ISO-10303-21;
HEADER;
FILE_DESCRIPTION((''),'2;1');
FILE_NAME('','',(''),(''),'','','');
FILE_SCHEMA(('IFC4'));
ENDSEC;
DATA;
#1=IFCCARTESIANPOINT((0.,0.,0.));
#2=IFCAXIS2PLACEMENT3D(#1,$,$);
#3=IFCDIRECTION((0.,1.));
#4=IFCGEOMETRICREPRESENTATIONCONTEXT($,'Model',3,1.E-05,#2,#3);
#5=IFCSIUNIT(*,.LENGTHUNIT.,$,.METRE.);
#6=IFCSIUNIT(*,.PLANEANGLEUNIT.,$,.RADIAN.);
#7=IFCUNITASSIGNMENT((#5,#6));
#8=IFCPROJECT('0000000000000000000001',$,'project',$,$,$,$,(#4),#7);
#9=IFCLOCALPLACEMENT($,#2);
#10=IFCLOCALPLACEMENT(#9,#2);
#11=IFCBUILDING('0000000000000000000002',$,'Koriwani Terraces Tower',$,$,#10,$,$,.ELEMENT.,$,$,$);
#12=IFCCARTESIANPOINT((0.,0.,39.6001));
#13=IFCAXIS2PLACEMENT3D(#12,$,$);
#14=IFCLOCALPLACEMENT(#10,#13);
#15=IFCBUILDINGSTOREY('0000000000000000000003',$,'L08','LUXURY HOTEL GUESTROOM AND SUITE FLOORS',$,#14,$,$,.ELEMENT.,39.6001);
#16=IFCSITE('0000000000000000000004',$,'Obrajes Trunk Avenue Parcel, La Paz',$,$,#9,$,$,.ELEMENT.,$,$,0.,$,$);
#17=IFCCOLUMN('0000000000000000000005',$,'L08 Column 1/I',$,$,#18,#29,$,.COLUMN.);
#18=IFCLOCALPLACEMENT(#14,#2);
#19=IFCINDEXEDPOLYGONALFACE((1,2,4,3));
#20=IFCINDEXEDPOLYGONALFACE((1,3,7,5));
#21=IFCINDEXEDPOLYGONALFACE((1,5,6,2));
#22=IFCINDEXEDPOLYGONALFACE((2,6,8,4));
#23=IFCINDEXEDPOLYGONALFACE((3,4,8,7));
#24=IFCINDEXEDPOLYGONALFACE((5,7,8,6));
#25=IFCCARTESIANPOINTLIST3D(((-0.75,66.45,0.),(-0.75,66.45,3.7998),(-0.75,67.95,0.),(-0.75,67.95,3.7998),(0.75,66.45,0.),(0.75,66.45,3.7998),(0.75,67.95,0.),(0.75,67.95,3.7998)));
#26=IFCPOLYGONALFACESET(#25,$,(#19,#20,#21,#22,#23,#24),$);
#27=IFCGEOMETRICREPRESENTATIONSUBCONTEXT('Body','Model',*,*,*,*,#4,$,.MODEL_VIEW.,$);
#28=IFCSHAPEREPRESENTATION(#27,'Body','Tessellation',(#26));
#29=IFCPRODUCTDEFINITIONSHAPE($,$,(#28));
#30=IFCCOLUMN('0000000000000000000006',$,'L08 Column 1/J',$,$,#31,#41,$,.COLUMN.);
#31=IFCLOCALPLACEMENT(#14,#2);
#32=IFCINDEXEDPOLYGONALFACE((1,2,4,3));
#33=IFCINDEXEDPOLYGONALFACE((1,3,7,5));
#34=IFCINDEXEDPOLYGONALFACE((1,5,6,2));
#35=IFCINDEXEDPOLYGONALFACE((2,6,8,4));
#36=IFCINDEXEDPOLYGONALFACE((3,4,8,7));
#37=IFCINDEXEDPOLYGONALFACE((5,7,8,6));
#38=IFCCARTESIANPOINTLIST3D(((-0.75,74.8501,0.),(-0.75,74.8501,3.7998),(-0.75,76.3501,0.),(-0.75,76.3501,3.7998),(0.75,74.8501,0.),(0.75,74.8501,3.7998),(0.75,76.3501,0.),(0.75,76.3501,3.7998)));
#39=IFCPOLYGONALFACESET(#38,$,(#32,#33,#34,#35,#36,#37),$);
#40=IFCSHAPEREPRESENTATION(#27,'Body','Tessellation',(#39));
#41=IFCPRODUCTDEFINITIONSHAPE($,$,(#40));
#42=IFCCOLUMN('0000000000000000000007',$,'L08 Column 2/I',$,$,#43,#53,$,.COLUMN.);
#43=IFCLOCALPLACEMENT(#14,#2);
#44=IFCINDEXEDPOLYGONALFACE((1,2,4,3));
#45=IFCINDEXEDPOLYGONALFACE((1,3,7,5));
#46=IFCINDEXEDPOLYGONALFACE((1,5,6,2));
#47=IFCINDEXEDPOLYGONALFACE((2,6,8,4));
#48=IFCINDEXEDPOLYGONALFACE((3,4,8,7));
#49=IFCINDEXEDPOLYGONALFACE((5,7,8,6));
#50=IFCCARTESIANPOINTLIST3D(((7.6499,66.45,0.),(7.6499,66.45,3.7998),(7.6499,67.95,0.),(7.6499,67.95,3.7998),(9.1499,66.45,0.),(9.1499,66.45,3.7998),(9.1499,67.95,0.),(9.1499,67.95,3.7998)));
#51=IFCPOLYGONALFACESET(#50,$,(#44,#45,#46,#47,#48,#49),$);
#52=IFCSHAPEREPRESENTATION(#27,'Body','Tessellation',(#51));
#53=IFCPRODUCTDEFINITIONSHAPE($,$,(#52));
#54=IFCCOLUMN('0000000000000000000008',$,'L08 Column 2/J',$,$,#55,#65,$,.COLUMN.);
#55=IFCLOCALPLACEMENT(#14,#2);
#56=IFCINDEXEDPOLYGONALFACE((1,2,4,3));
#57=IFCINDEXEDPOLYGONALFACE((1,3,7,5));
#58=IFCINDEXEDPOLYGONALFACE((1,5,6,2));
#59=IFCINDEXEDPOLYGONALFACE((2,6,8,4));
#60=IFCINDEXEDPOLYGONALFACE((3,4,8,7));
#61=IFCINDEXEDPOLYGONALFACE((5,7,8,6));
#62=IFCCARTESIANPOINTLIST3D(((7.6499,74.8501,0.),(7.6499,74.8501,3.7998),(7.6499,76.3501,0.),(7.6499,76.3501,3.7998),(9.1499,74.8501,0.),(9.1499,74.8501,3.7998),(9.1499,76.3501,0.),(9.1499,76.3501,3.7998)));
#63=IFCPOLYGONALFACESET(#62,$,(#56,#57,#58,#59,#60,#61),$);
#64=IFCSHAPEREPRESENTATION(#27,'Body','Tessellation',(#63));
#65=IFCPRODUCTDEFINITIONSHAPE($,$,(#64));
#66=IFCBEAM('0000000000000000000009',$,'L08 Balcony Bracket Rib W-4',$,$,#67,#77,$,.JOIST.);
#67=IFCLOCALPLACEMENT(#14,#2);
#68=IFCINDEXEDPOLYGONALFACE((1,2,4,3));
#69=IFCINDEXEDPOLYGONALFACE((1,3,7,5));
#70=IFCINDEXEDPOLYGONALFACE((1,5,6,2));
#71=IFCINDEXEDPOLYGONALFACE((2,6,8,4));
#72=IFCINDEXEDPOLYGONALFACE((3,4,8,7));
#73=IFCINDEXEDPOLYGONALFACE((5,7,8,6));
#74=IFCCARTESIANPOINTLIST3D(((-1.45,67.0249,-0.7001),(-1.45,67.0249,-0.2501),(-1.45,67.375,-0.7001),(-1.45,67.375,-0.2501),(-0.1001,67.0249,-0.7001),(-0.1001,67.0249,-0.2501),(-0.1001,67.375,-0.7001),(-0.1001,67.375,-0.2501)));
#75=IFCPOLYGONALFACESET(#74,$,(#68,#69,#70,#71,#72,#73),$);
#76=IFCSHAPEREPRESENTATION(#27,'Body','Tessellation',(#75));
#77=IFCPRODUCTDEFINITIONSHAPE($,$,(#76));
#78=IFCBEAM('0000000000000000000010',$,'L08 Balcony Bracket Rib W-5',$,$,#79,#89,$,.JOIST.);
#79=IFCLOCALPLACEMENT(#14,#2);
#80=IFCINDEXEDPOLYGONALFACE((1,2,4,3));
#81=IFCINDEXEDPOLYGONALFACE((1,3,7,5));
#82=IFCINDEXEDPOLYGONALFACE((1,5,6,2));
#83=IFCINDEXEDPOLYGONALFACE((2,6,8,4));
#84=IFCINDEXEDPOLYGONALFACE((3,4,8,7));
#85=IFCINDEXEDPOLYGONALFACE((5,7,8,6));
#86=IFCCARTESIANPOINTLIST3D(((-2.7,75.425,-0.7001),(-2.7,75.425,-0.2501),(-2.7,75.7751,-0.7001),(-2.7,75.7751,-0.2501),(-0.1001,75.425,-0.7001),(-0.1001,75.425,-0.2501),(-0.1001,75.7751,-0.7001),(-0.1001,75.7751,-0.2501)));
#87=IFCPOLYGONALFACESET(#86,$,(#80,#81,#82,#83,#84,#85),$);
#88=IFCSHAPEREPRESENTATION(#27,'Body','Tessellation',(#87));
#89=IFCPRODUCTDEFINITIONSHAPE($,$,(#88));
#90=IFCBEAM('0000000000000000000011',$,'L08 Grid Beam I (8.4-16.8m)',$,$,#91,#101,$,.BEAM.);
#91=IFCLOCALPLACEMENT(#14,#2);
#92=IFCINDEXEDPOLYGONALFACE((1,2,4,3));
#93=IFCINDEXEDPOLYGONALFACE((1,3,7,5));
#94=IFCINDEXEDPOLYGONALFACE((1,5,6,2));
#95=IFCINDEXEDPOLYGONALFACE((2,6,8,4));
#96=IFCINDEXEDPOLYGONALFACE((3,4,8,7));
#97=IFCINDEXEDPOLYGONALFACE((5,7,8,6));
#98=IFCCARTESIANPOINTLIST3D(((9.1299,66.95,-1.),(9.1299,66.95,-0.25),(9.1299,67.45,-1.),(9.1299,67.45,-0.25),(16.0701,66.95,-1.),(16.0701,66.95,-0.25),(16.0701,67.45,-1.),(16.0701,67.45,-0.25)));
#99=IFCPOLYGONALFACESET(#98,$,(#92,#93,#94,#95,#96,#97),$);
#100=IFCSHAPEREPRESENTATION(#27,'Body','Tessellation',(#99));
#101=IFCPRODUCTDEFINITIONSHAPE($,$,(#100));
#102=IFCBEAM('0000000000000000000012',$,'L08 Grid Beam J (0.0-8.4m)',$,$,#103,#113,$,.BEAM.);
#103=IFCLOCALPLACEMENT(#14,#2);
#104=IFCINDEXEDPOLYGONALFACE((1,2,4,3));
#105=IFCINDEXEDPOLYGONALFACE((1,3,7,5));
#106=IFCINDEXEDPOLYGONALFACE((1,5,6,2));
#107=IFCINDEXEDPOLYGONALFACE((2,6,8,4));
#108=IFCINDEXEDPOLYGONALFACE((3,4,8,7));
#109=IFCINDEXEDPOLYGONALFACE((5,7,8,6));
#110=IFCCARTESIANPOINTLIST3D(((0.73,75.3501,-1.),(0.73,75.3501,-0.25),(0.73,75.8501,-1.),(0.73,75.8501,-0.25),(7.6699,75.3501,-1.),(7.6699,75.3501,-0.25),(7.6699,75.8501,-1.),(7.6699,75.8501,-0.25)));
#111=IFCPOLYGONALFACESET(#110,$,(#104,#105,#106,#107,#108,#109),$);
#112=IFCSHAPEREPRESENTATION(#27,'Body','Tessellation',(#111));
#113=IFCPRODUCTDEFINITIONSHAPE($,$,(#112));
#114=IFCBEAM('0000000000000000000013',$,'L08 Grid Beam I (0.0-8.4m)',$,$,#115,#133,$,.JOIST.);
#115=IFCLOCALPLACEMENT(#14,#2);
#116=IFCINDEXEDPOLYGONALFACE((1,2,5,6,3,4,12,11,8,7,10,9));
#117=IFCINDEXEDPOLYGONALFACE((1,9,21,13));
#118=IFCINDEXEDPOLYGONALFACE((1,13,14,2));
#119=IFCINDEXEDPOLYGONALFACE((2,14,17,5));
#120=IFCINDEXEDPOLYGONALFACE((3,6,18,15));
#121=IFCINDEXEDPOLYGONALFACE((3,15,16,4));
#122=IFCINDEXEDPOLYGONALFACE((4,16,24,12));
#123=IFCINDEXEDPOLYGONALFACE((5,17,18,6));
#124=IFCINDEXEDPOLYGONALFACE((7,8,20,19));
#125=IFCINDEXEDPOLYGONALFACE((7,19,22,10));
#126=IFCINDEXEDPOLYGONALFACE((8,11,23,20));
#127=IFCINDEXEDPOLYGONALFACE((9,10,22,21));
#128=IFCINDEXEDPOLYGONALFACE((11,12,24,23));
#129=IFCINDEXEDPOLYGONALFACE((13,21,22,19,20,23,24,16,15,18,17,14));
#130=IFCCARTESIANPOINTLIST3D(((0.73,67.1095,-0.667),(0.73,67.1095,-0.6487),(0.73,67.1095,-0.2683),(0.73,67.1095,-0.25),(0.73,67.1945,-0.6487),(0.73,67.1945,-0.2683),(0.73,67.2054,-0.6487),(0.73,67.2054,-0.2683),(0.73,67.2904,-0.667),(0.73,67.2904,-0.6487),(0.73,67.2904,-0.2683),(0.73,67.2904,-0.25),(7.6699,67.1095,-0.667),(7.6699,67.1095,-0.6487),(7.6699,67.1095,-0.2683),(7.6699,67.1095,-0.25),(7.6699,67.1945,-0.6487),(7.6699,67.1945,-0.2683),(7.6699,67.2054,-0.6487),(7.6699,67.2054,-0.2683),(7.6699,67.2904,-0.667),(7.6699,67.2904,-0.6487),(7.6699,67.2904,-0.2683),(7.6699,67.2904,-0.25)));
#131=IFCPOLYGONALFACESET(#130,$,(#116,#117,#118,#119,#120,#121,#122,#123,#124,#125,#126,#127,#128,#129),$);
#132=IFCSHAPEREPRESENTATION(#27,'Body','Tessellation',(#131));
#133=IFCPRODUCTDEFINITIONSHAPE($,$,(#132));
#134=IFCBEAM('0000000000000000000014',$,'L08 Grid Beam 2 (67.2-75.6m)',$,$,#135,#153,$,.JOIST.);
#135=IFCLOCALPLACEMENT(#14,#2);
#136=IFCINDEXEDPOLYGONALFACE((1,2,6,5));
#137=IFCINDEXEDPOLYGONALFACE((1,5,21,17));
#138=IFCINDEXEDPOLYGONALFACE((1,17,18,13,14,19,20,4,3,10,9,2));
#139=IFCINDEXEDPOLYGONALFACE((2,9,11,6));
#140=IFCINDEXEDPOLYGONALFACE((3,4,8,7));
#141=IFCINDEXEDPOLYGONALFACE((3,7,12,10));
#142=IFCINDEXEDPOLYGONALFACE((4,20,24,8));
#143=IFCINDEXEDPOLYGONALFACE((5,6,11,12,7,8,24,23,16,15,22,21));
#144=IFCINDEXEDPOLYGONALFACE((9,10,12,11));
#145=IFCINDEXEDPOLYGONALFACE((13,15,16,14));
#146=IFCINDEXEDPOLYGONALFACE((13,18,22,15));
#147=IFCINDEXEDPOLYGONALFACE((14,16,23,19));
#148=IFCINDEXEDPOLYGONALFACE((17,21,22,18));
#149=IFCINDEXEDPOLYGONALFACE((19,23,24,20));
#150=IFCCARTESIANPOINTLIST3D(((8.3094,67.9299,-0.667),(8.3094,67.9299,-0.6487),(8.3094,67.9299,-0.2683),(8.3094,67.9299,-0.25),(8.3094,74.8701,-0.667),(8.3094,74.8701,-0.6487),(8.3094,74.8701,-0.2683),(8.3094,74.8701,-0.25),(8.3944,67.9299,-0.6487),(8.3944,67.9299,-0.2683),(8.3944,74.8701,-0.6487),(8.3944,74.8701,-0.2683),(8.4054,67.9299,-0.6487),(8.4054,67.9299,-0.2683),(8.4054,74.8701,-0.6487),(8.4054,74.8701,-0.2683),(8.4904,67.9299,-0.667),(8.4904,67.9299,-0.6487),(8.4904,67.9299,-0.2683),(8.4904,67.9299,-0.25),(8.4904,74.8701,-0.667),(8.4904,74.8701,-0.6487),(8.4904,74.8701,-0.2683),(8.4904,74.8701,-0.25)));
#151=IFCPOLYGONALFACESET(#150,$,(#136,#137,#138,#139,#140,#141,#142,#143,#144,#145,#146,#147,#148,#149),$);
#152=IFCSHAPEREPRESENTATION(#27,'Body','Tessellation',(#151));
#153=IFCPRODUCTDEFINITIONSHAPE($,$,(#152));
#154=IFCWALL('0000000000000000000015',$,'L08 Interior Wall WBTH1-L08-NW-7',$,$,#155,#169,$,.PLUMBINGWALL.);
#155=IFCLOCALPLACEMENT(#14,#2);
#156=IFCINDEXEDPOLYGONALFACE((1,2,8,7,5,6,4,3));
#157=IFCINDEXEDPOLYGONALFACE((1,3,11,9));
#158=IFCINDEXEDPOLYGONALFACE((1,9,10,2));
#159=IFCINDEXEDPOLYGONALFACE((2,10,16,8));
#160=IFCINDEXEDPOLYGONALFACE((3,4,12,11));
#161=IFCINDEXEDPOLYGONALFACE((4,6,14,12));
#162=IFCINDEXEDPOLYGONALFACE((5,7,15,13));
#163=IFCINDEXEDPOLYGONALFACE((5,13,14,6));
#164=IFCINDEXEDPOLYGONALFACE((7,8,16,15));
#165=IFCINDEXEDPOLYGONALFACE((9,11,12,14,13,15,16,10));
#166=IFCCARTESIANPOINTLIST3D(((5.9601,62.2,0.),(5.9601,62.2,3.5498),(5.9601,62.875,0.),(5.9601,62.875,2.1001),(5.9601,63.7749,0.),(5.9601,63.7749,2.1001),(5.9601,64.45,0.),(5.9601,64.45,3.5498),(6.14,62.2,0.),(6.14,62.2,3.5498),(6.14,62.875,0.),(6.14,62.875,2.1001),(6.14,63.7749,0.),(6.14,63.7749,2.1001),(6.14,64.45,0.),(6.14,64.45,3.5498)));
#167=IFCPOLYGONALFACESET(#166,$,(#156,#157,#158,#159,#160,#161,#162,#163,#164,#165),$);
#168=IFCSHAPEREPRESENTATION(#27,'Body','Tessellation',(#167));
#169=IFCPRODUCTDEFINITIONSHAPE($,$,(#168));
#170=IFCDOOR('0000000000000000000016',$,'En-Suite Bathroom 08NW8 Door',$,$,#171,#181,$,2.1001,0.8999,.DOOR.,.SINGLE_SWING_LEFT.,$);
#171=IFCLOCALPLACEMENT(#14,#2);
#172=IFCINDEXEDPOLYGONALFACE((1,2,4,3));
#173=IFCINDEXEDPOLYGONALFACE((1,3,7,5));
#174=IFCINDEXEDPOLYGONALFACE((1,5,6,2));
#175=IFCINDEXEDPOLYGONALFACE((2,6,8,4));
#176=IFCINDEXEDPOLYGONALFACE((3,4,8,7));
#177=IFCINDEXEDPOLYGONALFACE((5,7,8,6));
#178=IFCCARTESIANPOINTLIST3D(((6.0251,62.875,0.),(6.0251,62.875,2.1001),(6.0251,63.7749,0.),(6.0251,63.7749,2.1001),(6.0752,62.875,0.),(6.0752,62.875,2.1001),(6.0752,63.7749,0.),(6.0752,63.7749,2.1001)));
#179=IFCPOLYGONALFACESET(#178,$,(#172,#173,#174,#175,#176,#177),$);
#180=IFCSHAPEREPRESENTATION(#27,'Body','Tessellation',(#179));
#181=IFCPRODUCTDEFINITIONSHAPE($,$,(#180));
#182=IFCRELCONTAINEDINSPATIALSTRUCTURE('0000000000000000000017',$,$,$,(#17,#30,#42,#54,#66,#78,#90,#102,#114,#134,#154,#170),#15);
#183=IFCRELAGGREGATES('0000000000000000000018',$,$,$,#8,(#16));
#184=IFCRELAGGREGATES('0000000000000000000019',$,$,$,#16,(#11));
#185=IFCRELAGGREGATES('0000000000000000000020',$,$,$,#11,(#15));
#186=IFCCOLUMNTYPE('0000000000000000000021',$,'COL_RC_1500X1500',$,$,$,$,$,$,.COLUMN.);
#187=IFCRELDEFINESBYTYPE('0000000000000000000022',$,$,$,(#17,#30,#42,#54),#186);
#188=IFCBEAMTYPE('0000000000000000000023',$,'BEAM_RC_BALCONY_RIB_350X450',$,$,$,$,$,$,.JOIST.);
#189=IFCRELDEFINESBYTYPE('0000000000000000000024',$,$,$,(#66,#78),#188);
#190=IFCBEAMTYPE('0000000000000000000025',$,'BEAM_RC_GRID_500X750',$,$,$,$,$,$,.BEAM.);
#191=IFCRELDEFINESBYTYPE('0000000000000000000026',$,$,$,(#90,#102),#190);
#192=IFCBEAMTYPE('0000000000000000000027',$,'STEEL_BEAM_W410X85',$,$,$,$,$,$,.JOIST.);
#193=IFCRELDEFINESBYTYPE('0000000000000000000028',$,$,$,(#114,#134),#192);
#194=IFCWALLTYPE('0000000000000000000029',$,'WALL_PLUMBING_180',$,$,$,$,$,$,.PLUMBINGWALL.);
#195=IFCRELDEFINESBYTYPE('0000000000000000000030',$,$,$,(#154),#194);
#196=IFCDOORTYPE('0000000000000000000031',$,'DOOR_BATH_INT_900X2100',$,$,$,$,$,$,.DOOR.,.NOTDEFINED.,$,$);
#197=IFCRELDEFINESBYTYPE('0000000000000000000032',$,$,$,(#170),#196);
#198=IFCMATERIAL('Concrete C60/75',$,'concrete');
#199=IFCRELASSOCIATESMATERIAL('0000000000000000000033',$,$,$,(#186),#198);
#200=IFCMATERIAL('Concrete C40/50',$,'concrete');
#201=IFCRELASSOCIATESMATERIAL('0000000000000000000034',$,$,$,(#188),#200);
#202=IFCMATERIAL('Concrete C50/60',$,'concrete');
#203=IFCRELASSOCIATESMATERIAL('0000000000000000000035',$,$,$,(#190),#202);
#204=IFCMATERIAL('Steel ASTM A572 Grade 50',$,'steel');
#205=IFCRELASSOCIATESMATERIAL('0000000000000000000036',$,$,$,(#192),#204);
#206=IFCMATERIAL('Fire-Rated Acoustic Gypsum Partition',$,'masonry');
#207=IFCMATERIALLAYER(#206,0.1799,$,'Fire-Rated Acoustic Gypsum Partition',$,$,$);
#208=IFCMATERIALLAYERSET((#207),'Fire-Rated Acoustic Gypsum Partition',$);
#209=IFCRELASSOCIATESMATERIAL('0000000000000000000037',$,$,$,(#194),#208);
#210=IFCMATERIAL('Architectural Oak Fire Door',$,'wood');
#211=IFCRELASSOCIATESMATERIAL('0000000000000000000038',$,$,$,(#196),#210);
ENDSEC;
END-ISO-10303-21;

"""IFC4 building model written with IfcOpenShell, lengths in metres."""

from ifc_helpers import new_model, si_unit, direction, frame, frame_2d, origin, origin_2d, place, context, subcontext, project, spatial, rectangle, i_section, extrude, material, layer, layer_set, material_profile, profile_set, type_object, element, fill, save


model = new_model("IFC4")

# Units and contexts
model_context = context("Model", 3, precision=1e-05, world=origin(), true_north=direction((0.0, 1.0)))
body_context = subcontext(model_context, "Body", "Model", "MODEL_VIEW")
ifc_project = project(units=[si_unit("LENGTHUNIT", "METRE"), si_unit("PLANEANGLEUNIT", "RADIAN")], contexts=[model_context])

# Site, building, storey
site_placement = place(None, origin())
site = spatial("IfcSite", under=ifc_project, at=site_placement, Name="Obrajes Trunk Avenue Parcel, La Paz", CompositionType="ELEMENT", RefElevation=0.0)
building_placement = place(site_placement, origin())
building = spatial("IfcBuilding", under=site, at=building_placement, Name="Koriwani Terraces Tower", CompositionType="ELEMENT")
storey_placement = place(building_placement, frame((0.0, 0.0, 39.6001)))
storey = spatial("IfcBuildingStorey", under=building, at=storey_placement, Name="L08", Description="LUXURY HOTEL GUESTROOM AND SUITE FLOORS", CompositionType="ELEMENT", Elevation=39.6001)

# Columns
ifc_material_1 = material(Name="Concrete C60/75", Category="concrete")
ifc_material_profile_1 = material_profile(ifc_material_1, rectangle(XDim=1.5, YDim=1.5, at=origin_2d()), Name="Concrete C60/75", Category="LoadBearing")
ifc_profile_set_1 = profile_set([ifc_material_profile_1], Name="Concrete C60/75")
column_type = type_object("IfcColumnType", Name="COL_RC_1500X1500", PredefinedType="COLUMN", material=ifc_profile_set_1)
for number, where, z_axis, x_axis, name in (
    (1, (0.0, 67.2, 0.0), (0.0, 0.0, 1.0), (1.0, 0.0, 0.0), "L08 Column 1/I"),
    (2, (0.0, 75.6001, 0.0), (0.0, 0.0, 1.0), (1.0, 0.0, 0.0), "L08 Column 1/J"),
    (3, (8.3999, 67.2, 0.0), (0.0, 0.0, 1.0), (1.0, 0.0, 0.0), "L08 Column 2/I"),
    (4, (8.3999, 75.6001, 0.0), (0.0, 0.0, 1.0), (1.0, 0.0, 0.0), "L08 Column 2/J"),
):
    element("IfcColumn", number, at=place(storey_placement, frame(where, z_axis=z_axis, x_axis=x_axis)), inside=storey, type_object=column_type, Name=name, PredefinedType="COLUMN", context=body_context, shape_type="SweptSolid", body=[
        extrude(rectangle(XDim=1.5, YDim=1.5, at=origin_2d()), origin(), (0.0, 0.0, 1.0), 3.7998),
    ])

# Beams
ifc_material_2 = material(Name="Concrete C40/50", Category="concrete")
ifc_material_profile_2 = material_profile(ifc_material_2, rectangle(XDim=0.3501, YDim=0.45, at=origin_2d()), Name="Concrete C40/50", Category="LoadBearing")
ifc_profile_set_2 = profile_set([ifc_material_profile_2], Name="Concrete C40/50")
beam_type_1 = type_object("IfcBeamType", Name="BEAM_RC_BALCONY_RIB_350X450", PredefinedType="JOIST", material=ifc_profile_set_2)
beam_1_placement = place(storey_placement, frame((-1.45, 67.2, -0.4751), z_axis=(1.0, 0.0, 0.0), x_axis=(0.0, 1.0, 0.0)))
element("IfcBeam", 5, at=beam_1_placement, inside=storey, type_object=beam_type_1, Name="L08 Balcony Bracket Rib W-4", PredefinedType="JOIST", context=body_context, shape_type="SweptSolid", body=[
    extrude(rectangle(XDim=0.3501, YDim=0.45, at=origin_2d()), origin(), (0.0, 0.0, 1.0), 1.3499),
])
beam_2_placement = place(storey_placement, frame((-2.7, 75.6001, -0.4751), z_axis=(1.0, 0.0, 0.0), x_axis=(0.0, 1.0, 0.0)))
element("IfcBeam", 6, at=beam_2_placement, inside=storey, type_object=beam_type_1, Name="L08 Balcony Bracket Rib W-5", PredefinedType="JOIST", context=body_context, shape_type="SweptSolid", body=[
    extrude(rectangle(XDim=0.3501, YDim=0.45, at=origin_2d()), origin(), (0.0, 0.0, 1.0), 2.5999),
])
ifc_material_3 = material(Name="Concrete C50/60", Category="concrete")
ifc_material_profile_3 = material_profile(ifc_material_3, rectangle(XDim=0.5, YDim=0.75, at=origin_2d()), Name="Concrete C50/60", Category="LoadBearing")
ifc_profile_set_3 = profile_set([ifc_material_profile_3], Name="Concrete C50/60")
beam_type_2 = type_object("IfcBeamType", Name="BEAM_RC_GRID_500X750", PredefinedType="BEAM", material=ifc_profile_set_3)
beam_3_placement = place(storey_placement, frame((9.1299, 67.2, -0.625), z_axis=(1.0, 0.0, 0.0), x_axis=(0.0, 1.0, 0.0)))
element("IfcBeam", 7, at=beam_3_placement, inside=storey, type_object=beam_type_2, Name="L08 Grid Beam I (8.4-16.8m)", PredefinedType="BEAM", context=body_context, shape_type="SweptSolid", body=[
    extrude(rectangle(XDim=0.5, YDim=0.75, at=origin_2d()), origin(), (0.0, 0.0, 1.0), 6.9402),
])
beam_4_placement = place(storey_placement, frame((0.73, 75.6001, -0.625), z_axis=(1.0, 0.0, 0.0), x_axis=(0.0, 1.0, 0.0)))
element("IfcBeam", 8, at=beam_4_placement, inside=storey, type_object=beam_type_2, Name="L08 Grid Beam J (0.0-8.4m)", PredefinedType="BEAM", context=body_context, shape_type="SweptSolid", body=[
    extrude(rectangle(XDim=0.5, YDim=0.75, at=origin_2d()), origin(), (0.0, 0.0, 1.0), 6.9399),
])
ifc_material_4 = material(Name="Steel ASTM A572 Grade 50", Category="steel")
ifc_material_profile_4 = material_profile(ifc_material_4, i_section(OverallWidth=0.1809, OverallDepth=0.417, WebThickness=0.011, FlangeThickness=0.0183, at=origin_2d()), Name="Steel ASTM A572 Grade 50", Category="LoadBearing")
ifc_profile_set_4 = profile_set([ifc_material_profile_4], Name="Steel ASTM A572 Grade 50")
beam_type_3 = type_object("IfcBeamType", Name="STEEL_BEAM_W410X85", PredefinedType="JOIST", material=ifc_profile_set_4)
beam_5_placement = place(storey_placement, frame((0.73, 67.2, -0.4585), z_axis=(1.0, 0.0, 0.0), x_axis=(0.0, 1.0, 0.0)))
element("IfcBeam", 9, at=beam_5_placement, inside=storey, type_object=beam_type_3, Name="L08 Grid Beam I (0.0-8.4m)", PredefinedType="JOIST", context=body_context, shape_type="SweptSolid", body=[
    extrude(i_section(OverallWidth=0.1809, OverallDepth=0.417, WebThickness=0.011, FlangeThickness=0.0183, at=origin_2d()), origin(), (0.0, 0.0, 1.0), 6.9399),
])
beam_6_placement = place(storey_placement, frame((8.3999, 67.9299, -0.4585), z_axis=(0.0, 1.0, 0.0), x_axis=(-1.0, 0.0, 0.0)))
element("IfcBeam", 10, at=beam_6_placement, inside=storey, type_object=beam_type_3, Name="L08 Grid Beam 2 (67.2-75.6m)", PredefinedType="JOIST", context=body_context, shape_type="SweptSolid", body=[
    extrude(i_section(OverallWidth=0.1809, OverallDepth=0.417, WebThickness=0.011, FlangeThickness=0.0183, at=origin_2d()), origin(), (0.0, 0.0, 1.0), 6.9402),
])

# Wall, opening, door
ifc_material_5 = material(Name="Fire-Rated Acoustic Gypsum Partition", Category="masonry")
ifc_layer_1 = layer(ifc_material_5, 0.1799, Name="Fire-Rated Acoustic Gypsum Partition")
ifc_layer_set_1 = layer_set([ifc_layer_1], Name="Fire-Rated Acoustic Gypsum Partition")
wall_type_1 = type_object("IfcWallType", Name="WALL_PLUMBING_180", PredefinedType="PLUMBINGWALL", material=ifc_layer_set_1)
wall_1_placement = place(storey_placement, frame((6.05, 62.2, 0.0), z_axis=(0.0, 0.0, 1.0), x_axis=(0.0, 1.0, 0.0)))
wall_1 = element("IfcWall", 11, at=wall_1_placement, inside=storey, type_object=wall_type_1, Name="L08 Interior Wall WBTH1-L08-NW-7", PredefinedType="PLUMBINGWALL", context=body_context, shape_type="SweptSolid", body=[
    extrude(rectangle(XDim=2.25, YDim=0.1799, at=frame_2d((1.125, 0.0))), origin(), (0.0, 0.0, 1.0), 3.5498),
])
opening_1_placement = place(wall_1_placement, frame((0.675, 0.0, 0.0)))
opening_1 = element("IfcOpeningElement", 12, at=opening_1_placement, cuts=wall_1, PredefinedType="OPENING", context=body_context, shape_type="SweptSolid", body=[
    extrude(rectangle(XDim=0.8999, YDim=2.1001, at=frame_2d((0.45, 1.05))), frame((0.0, 0.1001, 0.0), z_axis=(0.0, -1.0, 0.0), x_axis=(1.0, 0.0, 0.0)), (0.0, 0.0, 1.0), 0.2),
])
ifc_material_6 = material(Name="Architectural Oak Fire Door", Category="wood")
door_type = type_object("IfcDoorType", Name="DOOR_BATH_INT_900X2100", OperationType="NOTDEFINED", PredefinedType="DOOR", material=ifc_material_6)
door_1_placement = place(opening_1_placement, origin())
door_1 = element("IfcDoor", 13, at=door_1_placement, inside=storey, type_object=door_type, Name="En-Suite Bathroom 08NW8 Door", OperationType="SINGLE_SWING_LEFT", OverallHeight=2.1001, OverallWidth=0.8999, PredefinedType="DOOR", context=body_context, shape_type="SweptSolid", body=[
    extrude(rectangle(XDim=0.8999, YDim=2.1001, at=frame_2d((0.45, 1.05))), frame((0.0, 0.0249, 0.0), z_axis=(0.0, -1.0, 0.0), x_axis=(1.0, 0.0, 0.0)), (0.0, 0.0, 1.0), 0.05),
])
fill(opening_1, door_1)

save(model, "model.ifc")
